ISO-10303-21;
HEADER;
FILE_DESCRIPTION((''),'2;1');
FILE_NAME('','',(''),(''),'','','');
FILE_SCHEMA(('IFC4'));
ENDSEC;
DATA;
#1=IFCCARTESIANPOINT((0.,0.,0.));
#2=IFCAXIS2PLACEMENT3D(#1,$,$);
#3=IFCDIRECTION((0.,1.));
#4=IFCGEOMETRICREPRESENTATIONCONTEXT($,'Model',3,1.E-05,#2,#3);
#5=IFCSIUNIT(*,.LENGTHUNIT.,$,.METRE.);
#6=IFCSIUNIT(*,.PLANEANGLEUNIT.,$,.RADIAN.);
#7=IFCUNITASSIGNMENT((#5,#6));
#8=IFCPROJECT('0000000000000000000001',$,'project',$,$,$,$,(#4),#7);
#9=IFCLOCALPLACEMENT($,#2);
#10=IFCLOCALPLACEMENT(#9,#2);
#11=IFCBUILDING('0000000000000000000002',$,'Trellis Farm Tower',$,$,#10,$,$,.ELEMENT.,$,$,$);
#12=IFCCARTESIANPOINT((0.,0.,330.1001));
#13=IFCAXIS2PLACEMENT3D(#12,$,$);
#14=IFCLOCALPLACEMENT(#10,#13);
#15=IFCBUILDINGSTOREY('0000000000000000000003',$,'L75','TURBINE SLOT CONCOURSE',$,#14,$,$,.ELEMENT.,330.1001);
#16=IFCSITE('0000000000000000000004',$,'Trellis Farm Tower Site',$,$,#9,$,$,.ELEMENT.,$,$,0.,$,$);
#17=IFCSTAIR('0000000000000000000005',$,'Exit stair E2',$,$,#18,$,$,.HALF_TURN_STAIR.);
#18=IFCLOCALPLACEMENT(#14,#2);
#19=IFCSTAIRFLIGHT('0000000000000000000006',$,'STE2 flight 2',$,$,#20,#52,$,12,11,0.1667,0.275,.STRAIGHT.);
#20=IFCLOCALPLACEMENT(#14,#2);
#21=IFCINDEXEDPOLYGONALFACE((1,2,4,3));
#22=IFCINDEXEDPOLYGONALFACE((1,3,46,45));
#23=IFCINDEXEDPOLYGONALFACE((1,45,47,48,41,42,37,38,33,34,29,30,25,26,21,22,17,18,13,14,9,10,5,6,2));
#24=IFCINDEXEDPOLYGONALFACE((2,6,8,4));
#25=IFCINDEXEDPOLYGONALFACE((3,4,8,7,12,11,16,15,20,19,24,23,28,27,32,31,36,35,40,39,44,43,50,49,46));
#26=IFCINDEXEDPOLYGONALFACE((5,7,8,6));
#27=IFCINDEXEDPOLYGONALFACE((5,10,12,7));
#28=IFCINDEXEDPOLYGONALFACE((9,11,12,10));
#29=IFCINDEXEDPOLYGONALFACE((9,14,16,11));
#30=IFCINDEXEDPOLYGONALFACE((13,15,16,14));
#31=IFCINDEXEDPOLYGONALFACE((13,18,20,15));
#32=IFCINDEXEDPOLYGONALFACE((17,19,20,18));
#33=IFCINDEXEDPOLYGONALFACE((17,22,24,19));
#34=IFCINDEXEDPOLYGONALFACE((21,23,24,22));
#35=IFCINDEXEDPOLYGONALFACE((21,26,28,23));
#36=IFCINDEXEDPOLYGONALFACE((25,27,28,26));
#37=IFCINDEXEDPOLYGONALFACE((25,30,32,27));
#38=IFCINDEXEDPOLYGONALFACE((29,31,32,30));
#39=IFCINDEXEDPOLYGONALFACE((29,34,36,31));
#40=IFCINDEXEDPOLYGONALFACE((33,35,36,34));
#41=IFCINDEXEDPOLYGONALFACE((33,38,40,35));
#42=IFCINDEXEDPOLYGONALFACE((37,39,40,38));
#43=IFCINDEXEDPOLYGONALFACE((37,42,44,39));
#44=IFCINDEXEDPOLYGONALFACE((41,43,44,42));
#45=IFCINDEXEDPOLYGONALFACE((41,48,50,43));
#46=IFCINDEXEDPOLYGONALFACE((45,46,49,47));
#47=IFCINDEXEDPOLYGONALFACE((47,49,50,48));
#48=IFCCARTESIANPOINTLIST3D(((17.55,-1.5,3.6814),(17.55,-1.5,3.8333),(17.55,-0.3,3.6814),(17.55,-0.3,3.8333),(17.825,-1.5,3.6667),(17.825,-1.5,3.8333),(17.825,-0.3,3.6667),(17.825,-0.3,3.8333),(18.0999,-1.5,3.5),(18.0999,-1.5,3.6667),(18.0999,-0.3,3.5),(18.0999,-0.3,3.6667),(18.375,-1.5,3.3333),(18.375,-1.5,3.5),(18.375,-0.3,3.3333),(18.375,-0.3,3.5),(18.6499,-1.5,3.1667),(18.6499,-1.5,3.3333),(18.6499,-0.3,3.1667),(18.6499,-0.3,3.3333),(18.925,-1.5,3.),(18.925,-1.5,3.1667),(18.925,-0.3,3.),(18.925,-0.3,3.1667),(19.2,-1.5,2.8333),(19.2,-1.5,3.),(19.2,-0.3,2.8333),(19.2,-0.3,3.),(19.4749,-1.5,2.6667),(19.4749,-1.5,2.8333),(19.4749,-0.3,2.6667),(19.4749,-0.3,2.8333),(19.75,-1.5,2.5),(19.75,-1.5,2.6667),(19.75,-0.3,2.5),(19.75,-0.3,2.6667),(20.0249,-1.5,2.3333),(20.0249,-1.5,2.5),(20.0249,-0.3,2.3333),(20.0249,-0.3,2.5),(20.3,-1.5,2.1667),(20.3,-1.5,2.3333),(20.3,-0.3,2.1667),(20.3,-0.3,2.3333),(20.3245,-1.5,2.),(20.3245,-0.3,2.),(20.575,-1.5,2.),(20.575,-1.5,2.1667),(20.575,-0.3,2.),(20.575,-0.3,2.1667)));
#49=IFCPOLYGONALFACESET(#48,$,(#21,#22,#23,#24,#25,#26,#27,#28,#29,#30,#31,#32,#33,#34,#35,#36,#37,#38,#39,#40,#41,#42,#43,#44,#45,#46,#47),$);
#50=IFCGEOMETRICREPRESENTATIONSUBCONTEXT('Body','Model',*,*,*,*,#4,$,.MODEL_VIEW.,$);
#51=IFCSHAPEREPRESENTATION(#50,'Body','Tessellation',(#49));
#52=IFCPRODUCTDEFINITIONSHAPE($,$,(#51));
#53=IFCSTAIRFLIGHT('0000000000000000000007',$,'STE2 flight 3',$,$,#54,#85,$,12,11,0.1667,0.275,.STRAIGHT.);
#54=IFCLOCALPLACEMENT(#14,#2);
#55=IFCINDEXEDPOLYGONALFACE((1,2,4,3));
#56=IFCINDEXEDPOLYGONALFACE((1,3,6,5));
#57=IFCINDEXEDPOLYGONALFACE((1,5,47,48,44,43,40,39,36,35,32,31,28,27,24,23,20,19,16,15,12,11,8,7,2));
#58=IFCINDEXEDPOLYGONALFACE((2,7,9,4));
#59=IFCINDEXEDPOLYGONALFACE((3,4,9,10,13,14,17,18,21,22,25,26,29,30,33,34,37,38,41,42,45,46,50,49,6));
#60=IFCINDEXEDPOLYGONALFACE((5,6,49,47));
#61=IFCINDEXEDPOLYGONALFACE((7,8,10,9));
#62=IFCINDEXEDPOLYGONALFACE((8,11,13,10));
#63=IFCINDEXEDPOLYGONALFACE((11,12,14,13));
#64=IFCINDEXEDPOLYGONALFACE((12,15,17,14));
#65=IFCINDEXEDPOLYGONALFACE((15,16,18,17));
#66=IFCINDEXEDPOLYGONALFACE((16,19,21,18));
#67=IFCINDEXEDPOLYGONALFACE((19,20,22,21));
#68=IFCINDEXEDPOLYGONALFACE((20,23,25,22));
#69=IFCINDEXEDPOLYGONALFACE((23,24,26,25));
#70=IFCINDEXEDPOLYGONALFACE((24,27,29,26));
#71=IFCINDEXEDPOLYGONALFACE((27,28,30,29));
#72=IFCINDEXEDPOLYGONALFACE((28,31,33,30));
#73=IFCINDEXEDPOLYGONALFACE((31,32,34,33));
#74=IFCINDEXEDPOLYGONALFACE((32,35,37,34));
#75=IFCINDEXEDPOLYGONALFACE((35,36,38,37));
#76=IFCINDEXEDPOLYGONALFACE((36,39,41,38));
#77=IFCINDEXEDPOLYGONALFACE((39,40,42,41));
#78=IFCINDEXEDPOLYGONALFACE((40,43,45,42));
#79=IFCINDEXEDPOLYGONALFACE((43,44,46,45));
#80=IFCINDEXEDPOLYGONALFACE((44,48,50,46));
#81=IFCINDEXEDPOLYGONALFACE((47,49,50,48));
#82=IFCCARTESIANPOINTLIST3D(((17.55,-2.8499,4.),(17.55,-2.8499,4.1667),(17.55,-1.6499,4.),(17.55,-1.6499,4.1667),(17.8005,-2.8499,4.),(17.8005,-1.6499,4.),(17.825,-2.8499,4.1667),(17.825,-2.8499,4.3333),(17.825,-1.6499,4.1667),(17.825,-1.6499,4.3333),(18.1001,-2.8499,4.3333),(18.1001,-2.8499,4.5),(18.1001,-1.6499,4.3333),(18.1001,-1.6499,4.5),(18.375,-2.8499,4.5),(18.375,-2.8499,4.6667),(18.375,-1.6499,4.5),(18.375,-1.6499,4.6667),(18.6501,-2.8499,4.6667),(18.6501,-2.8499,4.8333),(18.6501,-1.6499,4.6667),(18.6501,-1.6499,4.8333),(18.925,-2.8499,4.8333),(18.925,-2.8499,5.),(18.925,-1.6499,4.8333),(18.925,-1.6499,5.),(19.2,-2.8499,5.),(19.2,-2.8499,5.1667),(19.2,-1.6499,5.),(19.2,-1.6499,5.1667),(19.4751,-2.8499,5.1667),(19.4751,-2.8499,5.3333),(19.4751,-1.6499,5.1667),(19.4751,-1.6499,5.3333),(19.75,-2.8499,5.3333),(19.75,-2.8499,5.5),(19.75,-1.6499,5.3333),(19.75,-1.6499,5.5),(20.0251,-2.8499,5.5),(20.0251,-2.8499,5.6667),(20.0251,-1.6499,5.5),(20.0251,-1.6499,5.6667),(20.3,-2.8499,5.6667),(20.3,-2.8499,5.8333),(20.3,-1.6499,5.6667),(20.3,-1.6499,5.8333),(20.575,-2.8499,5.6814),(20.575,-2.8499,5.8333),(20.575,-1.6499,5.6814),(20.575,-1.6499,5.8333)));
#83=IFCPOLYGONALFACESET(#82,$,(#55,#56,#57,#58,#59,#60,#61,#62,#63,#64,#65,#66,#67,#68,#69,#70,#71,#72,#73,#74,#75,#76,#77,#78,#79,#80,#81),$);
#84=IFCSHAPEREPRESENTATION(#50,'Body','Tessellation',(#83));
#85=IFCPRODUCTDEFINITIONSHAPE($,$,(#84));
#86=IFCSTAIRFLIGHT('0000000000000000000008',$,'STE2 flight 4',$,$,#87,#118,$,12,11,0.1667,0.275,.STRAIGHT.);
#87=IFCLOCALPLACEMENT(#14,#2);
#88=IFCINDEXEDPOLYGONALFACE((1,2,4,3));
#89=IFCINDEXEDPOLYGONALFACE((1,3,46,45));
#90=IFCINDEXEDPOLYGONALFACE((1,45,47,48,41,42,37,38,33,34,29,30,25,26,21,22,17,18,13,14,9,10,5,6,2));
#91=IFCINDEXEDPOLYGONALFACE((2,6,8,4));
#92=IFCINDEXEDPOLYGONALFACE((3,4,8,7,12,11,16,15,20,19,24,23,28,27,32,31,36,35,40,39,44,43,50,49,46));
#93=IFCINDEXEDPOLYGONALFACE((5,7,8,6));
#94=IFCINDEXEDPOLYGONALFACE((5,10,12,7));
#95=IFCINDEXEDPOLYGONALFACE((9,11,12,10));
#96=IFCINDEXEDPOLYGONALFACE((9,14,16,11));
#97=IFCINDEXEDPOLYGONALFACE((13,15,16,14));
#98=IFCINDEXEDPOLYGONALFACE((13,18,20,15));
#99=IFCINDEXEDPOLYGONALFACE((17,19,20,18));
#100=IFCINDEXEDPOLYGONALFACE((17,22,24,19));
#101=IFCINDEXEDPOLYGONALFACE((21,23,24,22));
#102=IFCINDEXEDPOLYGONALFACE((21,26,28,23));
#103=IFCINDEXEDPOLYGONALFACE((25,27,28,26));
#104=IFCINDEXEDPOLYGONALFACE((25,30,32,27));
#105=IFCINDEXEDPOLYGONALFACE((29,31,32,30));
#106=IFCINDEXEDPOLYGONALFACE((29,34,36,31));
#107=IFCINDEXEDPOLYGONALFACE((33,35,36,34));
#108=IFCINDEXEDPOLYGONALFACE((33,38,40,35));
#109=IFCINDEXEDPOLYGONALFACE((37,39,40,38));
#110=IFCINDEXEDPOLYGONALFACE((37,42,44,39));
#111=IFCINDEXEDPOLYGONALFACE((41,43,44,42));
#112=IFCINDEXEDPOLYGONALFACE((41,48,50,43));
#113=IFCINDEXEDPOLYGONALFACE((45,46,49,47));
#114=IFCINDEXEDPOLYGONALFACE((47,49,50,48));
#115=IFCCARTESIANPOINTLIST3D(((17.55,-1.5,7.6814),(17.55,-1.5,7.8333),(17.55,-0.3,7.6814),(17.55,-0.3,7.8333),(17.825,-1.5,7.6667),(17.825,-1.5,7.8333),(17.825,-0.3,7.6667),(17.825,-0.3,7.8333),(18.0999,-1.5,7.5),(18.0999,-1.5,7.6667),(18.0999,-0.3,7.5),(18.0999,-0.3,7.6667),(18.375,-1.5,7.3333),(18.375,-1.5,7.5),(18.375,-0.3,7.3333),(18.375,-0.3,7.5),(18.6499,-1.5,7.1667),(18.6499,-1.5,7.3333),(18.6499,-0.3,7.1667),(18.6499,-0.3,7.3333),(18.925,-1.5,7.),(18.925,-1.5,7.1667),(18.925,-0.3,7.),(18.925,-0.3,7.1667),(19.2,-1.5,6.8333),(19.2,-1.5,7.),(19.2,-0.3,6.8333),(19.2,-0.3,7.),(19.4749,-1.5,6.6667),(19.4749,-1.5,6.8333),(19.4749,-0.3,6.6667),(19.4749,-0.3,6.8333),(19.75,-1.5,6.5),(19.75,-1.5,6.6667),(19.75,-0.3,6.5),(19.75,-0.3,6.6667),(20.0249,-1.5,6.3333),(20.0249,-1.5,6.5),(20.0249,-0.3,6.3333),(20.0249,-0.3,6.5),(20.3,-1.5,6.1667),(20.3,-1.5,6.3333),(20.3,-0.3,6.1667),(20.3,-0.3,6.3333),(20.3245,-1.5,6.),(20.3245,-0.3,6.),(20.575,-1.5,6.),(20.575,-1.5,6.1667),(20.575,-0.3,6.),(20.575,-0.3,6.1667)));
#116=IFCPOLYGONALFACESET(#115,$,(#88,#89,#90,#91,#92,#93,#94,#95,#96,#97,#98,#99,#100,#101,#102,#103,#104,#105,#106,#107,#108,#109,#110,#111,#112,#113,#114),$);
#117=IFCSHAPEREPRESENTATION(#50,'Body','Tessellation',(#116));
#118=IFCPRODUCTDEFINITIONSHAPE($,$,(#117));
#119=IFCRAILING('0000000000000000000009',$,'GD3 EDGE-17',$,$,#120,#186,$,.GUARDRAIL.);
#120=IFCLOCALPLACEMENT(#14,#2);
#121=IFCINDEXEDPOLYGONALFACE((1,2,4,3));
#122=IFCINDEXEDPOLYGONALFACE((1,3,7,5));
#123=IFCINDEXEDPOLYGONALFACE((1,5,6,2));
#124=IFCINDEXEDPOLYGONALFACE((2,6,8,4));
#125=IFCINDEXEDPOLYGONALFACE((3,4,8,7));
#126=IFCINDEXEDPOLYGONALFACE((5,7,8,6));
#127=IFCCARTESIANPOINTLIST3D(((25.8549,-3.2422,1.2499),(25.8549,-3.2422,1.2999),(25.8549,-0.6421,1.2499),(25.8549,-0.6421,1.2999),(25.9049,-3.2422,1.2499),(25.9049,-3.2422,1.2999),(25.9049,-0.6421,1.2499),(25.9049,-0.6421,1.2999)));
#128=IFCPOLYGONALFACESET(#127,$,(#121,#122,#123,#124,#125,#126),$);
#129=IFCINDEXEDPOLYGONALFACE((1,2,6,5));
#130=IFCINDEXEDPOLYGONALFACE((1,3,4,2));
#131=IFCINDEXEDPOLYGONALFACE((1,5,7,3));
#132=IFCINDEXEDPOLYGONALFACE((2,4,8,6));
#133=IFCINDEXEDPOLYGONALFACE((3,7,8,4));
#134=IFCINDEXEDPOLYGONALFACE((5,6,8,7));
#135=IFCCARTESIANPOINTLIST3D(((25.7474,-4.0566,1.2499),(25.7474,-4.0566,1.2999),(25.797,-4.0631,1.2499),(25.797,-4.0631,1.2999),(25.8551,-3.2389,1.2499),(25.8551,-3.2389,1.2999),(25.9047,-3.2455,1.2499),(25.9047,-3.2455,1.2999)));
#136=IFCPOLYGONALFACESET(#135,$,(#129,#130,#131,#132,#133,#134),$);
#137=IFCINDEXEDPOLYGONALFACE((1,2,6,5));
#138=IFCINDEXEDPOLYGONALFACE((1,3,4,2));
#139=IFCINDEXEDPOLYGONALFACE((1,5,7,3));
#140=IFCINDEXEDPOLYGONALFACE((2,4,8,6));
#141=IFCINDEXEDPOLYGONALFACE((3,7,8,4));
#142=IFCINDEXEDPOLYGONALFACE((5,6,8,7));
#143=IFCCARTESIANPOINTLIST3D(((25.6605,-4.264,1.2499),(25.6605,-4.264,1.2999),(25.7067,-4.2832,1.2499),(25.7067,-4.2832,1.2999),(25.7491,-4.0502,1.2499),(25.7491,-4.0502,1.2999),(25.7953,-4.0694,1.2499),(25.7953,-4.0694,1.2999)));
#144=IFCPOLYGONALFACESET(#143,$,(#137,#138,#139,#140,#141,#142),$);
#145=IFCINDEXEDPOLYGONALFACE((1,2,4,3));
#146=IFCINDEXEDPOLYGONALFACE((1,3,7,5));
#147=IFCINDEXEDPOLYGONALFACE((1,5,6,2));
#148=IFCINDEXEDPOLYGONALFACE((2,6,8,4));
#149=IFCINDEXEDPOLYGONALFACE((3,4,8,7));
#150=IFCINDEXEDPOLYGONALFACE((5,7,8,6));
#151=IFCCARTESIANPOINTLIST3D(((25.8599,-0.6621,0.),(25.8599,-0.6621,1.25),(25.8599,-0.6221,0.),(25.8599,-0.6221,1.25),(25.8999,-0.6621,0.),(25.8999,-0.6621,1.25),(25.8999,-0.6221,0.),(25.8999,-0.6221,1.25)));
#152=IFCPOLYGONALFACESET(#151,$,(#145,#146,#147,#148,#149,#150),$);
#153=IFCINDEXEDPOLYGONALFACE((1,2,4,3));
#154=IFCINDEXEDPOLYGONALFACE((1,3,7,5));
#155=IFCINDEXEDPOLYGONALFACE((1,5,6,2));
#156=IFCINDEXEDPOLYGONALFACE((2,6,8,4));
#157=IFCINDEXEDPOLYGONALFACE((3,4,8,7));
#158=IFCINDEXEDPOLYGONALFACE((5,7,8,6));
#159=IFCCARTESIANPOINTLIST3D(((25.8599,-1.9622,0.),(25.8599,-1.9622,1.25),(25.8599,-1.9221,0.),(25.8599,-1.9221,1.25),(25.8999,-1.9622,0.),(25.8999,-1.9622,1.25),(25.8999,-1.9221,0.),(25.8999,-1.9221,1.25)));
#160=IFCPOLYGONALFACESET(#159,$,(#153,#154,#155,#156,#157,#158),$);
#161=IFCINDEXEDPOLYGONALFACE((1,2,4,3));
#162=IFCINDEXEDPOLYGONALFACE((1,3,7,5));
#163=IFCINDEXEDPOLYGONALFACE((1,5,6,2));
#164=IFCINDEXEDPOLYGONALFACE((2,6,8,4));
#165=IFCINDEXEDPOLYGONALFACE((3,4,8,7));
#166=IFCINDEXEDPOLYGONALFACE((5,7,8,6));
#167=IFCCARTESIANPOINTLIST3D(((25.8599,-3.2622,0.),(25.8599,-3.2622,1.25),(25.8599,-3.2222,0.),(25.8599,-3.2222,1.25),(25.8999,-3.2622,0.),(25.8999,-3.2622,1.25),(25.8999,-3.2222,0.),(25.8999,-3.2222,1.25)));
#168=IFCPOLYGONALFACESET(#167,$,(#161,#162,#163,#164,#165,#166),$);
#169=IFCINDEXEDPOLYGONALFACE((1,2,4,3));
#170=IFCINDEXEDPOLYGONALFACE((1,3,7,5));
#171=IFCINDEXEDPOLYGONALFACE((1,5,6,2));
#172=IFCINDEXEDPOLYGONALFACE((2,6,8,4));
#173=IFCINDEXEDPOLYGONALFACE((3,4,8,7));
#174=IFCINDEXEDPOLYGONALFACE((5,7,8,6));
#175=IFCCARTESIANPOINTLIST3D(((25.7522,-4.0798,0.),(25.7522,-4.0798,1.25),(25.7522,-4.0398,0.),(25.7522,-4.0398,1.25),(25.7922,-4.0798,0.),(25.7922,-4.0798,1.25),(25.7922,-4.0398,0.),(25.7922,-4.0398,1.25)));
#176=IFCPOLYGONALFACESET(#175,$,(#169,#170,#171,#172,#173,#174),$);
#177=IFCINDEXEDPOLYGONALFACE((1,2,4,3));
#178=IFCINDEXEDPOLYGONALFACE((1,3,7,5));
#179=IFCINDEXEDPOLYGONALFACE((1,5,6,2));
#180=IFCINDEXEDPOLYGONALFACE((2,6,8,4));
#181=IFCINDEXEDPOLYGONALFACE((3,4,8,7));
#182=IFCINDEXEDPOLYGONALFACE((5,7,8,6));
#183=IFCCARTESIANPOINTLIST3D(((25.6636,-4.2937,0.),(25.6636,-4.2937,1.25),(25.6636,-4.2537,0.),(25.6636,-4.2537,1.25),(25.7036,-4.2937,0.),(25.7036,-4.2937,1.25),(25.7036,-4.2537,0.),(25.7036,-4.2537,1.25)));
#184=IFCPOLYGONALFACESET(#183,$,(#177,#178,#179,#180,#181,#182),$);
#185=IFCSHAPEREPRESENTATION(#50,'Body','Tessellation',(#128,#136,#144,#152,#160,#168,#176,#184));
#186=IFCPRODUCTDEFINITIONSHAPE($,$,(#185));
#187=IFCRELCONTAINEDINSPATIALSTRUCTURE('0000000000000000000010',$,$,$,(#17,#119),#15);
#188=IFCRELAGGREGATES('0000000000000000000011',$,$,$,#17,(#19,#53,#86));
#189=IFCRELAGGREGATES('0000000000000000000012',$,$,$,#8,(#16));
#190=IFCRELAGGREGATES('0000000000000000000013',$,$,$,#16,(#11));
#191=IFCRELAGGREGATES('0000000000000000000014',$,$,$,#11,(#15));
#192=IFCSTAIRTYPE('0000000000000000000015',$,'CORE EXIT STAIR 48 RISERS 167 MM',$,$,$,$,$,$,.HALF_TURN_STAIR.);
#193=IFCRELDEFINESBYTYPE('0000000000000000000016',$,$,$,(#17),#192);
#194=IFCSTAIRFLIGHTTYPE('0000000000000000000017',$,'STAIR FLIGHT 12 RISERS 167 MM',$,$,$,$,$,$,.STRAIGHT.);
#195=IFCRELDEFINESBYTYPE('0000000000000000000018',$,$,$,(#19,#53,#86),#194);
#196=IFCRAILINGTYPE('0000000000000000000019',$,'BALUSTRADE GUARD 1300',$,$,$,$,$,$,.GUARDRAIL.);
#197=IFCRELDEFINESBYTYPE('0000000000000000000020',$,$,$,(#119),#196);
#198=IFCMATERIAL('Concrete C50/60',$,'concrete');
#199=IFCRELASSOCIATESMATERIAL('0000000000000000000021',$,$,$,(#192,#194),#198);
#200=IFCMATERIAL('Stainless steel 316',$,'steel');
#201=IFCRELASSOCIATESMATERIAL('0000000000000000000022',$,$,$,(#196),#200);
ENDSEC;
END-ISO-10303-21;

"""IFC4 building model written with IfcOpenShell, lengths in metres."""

from ifc_helpers import new_model, si_unit, direction, frame, origin, origin_2d, place, context, subcontext, project, spatial, polyline, rectangle, outline, extrude, source, transform, mapped, material, type_object, element, aggregate, save


model = new_model("IFC4")

# Units and contexts
model_context = context("Model", 3, precision=1e-05, world=origin(), true_north=direction((0.0, 1.0)))
body_context = subcontext(model_context, "Body", "Model", "MODEL_VIEW")
ifc_project = project(units=[si_unit("LENGTHUNIT", "METRE"), si_unit("PLANEANGLEUNIT", "RADIAN")], contexts=[model_context])

# Site, building, storey
site_placement = place(None, origin())
site = spatial("IfcSite", under=ifc_project, at=site_placement, Name="Trellis Farm Tower Site", CompositionType="ELEMENT", RefElevation=0.0)
building_placement = place(site_placement, origin())
building = spatial("IfcBuilding", under=site, at=building_placement, Name="Trellis Farm Tower", CompositionType="ELEMENT")
storey_placement = place(building_placement, frame((0.0, 0.0, 330.1001)))
storey = spatial("IfcBuildingStorey", under=building, at=storey_placement, Name="L75", Description="TURBINE SLOT CONCOURSE", CompositionType="ELEMENT", Elevation=330.1001)

# Shared definitions
ifc_material_1 = material(Name="Concrete C50/60", Category="concrete")

# Stair, stair flights
stair_type = type_object("IfcStairType", Name="CORE EXIT STAIR 48 RISERS 167 MM", PredefinedType="HALF_TURN_STAIR", material=ifc_material_1)
placement = place(storey_placement, origin())
stair_flight_type = type_object("IfcStairFlightType", Name="STAIR FLIGHT 12 RISERS 167 MM", PredefinedType="STRAIGHT", material=ifc_material_1)
shared_shape_1 = source(origin(), body_context, "Body", "SweptSolid", [
    extrude(outline(polyline([(0.0, 0.0), (0.0, 0.1667), (0.2749, 0.1667), (0.2749, 0.3333), (0.55, 0.3333), (0.55, 0.5), (0.825, 0.5), (0.825, 0.6667), (1.1001, 0.6667), (1.1001, 0.8333), (1.375, 0.8333), (1.375, 1.0), (1.6499, 1.0), (1.6499, 1.1667), (1.925, 1.1667), (1.925, 1.3333), (2.2, 1.3333), (2.2, 1.5), (2.4751, 1.5), (2.4751, 1.6667), (2.75, 1.6667), (2.75, 1.8333), (3.0249, 1.8333), (3.0249, 2.0), (3.0249, 1.6814), (0.2505, 0.0), (0.0, 0.0)])), frame((0.0, 0.6001, 0.0), z_axis=(0.0, -1.0, 0.0), x_axis=(1.0, 0.0, 0.0)), (0.0, 0.0, 1.0), 1.2),
])
stair_1 = element("IfcStair", 1, at=placement, inside=storey, type_object=stair_type, Name="Exit stair E2", PredefinedType="HALF_TURN_STAIR")
stair_flight_1_placement = place(storey_placement, frame((20.575, -0.8999, 2.0), z_axis=(0.0, 0.0, 1.0), x_axis=(-1.0, 0.0, 0.0)))
stair_flight_1 = element("IfcStairFlight", 2, at=stair_flight_1_placement, type_object=stair_flight_type, Name="STE2 flight 2", NumberOfRisers=12, NumberOfTreads=11, PredefinedType="STRAIGHT", RiserHeight=0.1667, TreadLength=0.275, context=body_context, shape_type="MappedRepresentation", body=[
    mapped(shared_shape_1, transform((0.0, 0.0, 0.0))),
])
stair_flight_2_placement = place(storey_placement, frame((17.55, -2.25, 4.0), z_axis=(0.0, 0.0, 1.0), x_axis=(1.0, 0.0, 0.0)))
stair_flight_2 = element("IfcStairFlight", 3, at=stair_flight_2_placement, type_object=stair_flight_type, Name="STE2 flight 3", NumberOfRisers=12, NumberOfTreads=11, PredefinedType="STRAIGHT", RiserHeight=0.1667, TreadLength=0.275, context=body_context, shape_type="MappedRepresentation", body=[
    mapped(shared_shape_1, transform((0.0, 0.0, 0.0))),
])
stair_flight_3_placement = place(storey_placement, frame((20.575, -0.8999, 6.0), z_axis=(0.0, 0.0, 1.0), x_axis=(-1.0, 0.0, 0.0)))
stair_flight_3 = element("IfcStairFlight", 4, at=stair_flight_3_placement, type_object=stair_flight_type, Name="STE2 flight 4", NumberOfRisers=12, NumberOfTreads=11, PredefinedType="STRAIGHT", RiserHeight=0.1667, TreadLength=0.275, context=body_context, shape_type="MappedRepresentation", body=[
    mapped(shared_shape_1, transform((0.0, 0.0, 0.0))),
])
aggregate(stair_1, [stair_flight_1, stair_flight_2, stair_flight_3])

# Railing
ifc_material_2 = material(Name="Stainless steel 316", Category="steel")
railing_type_1 = type_object("IfcRailingType", Name="BALUSTRADE GUARD 1300", PredefinedType="GUARDRAIL", material=ifc_material_2)
railing_1_placement = place(storey_placement, frame((25.8799, -0.6421, 0.0)))
element("IfcRailing", 5, at=railing_1_placement, inside=storey, type_object=railing_type_1, Name="GD3 EDGE-17", PredefinedType="GUARDRAIL", context=body_context, shape_type="SweptSolid", body=[
    extrude(rectangle(XDim=0.05, YDim=0.05, at=origin_2d()), frame((0.0, 0.0, 1.2749), z_axis=(0.0, -1.0, 0.0), x_axis=(1.0, 0.0, 0.0)), (0.0, 0.0, 1.0), 2.6001),
    extrude(rectangle(XDim=0.05, YDim=0.05, at=origin_2d()), frame((0.0, -2.6001, 1.2749), z_axis=(-0.130554, -0.991441, 0.0), x_axis=(0.991441, -0.130554, 0.0)), (0.0, 0.0, 1.0), 0.8247),
    extrude(rectangle(XDim=0.05, YDim=0.05, at=origin_2d()), frame((-0.1077, -3.4177, 1.2749), z_axis=(-0.382817, -0.923824, 0.0), x_axis=(0.923824, -0.382817, 0.0)), (0.0, 0.0, 1.0), 0.2314),
    extrude(rectangle(XDim=0.04, YDim=0.04, at=origin_2d()), origin(), (0.0, 0.0, 1.0), 1.25),
    extrude(rectangle(XDim=0.04, YDim=0.04, at=origin_2d()), frame((0.0, -1.3, 0.0)), (0.0, 0.0, 1.0), 1.25),
    extrude(rectangle(XDim=0.04, YDim=0.04, at=origin_2d()), frame((0.0, -2.6001, 0.0)), (0.0, 0.0, 1.0), 1.25),
    extrude(rectangle(XDim=0.04, YDim=0.04, at=origin_2d()), frame((-0.1077, -3.4177, 0.0)), (0.0, 0.0, 1.0), 1.25),
    extrude(rectangle(XDim=0.04, YDim=0.04, at=origin_2d()), frame((-0.1963, -3.6316, 0.0)), (0.0, 0.0, 1.0), 1.25),
])

save(model, "model.ifc")
